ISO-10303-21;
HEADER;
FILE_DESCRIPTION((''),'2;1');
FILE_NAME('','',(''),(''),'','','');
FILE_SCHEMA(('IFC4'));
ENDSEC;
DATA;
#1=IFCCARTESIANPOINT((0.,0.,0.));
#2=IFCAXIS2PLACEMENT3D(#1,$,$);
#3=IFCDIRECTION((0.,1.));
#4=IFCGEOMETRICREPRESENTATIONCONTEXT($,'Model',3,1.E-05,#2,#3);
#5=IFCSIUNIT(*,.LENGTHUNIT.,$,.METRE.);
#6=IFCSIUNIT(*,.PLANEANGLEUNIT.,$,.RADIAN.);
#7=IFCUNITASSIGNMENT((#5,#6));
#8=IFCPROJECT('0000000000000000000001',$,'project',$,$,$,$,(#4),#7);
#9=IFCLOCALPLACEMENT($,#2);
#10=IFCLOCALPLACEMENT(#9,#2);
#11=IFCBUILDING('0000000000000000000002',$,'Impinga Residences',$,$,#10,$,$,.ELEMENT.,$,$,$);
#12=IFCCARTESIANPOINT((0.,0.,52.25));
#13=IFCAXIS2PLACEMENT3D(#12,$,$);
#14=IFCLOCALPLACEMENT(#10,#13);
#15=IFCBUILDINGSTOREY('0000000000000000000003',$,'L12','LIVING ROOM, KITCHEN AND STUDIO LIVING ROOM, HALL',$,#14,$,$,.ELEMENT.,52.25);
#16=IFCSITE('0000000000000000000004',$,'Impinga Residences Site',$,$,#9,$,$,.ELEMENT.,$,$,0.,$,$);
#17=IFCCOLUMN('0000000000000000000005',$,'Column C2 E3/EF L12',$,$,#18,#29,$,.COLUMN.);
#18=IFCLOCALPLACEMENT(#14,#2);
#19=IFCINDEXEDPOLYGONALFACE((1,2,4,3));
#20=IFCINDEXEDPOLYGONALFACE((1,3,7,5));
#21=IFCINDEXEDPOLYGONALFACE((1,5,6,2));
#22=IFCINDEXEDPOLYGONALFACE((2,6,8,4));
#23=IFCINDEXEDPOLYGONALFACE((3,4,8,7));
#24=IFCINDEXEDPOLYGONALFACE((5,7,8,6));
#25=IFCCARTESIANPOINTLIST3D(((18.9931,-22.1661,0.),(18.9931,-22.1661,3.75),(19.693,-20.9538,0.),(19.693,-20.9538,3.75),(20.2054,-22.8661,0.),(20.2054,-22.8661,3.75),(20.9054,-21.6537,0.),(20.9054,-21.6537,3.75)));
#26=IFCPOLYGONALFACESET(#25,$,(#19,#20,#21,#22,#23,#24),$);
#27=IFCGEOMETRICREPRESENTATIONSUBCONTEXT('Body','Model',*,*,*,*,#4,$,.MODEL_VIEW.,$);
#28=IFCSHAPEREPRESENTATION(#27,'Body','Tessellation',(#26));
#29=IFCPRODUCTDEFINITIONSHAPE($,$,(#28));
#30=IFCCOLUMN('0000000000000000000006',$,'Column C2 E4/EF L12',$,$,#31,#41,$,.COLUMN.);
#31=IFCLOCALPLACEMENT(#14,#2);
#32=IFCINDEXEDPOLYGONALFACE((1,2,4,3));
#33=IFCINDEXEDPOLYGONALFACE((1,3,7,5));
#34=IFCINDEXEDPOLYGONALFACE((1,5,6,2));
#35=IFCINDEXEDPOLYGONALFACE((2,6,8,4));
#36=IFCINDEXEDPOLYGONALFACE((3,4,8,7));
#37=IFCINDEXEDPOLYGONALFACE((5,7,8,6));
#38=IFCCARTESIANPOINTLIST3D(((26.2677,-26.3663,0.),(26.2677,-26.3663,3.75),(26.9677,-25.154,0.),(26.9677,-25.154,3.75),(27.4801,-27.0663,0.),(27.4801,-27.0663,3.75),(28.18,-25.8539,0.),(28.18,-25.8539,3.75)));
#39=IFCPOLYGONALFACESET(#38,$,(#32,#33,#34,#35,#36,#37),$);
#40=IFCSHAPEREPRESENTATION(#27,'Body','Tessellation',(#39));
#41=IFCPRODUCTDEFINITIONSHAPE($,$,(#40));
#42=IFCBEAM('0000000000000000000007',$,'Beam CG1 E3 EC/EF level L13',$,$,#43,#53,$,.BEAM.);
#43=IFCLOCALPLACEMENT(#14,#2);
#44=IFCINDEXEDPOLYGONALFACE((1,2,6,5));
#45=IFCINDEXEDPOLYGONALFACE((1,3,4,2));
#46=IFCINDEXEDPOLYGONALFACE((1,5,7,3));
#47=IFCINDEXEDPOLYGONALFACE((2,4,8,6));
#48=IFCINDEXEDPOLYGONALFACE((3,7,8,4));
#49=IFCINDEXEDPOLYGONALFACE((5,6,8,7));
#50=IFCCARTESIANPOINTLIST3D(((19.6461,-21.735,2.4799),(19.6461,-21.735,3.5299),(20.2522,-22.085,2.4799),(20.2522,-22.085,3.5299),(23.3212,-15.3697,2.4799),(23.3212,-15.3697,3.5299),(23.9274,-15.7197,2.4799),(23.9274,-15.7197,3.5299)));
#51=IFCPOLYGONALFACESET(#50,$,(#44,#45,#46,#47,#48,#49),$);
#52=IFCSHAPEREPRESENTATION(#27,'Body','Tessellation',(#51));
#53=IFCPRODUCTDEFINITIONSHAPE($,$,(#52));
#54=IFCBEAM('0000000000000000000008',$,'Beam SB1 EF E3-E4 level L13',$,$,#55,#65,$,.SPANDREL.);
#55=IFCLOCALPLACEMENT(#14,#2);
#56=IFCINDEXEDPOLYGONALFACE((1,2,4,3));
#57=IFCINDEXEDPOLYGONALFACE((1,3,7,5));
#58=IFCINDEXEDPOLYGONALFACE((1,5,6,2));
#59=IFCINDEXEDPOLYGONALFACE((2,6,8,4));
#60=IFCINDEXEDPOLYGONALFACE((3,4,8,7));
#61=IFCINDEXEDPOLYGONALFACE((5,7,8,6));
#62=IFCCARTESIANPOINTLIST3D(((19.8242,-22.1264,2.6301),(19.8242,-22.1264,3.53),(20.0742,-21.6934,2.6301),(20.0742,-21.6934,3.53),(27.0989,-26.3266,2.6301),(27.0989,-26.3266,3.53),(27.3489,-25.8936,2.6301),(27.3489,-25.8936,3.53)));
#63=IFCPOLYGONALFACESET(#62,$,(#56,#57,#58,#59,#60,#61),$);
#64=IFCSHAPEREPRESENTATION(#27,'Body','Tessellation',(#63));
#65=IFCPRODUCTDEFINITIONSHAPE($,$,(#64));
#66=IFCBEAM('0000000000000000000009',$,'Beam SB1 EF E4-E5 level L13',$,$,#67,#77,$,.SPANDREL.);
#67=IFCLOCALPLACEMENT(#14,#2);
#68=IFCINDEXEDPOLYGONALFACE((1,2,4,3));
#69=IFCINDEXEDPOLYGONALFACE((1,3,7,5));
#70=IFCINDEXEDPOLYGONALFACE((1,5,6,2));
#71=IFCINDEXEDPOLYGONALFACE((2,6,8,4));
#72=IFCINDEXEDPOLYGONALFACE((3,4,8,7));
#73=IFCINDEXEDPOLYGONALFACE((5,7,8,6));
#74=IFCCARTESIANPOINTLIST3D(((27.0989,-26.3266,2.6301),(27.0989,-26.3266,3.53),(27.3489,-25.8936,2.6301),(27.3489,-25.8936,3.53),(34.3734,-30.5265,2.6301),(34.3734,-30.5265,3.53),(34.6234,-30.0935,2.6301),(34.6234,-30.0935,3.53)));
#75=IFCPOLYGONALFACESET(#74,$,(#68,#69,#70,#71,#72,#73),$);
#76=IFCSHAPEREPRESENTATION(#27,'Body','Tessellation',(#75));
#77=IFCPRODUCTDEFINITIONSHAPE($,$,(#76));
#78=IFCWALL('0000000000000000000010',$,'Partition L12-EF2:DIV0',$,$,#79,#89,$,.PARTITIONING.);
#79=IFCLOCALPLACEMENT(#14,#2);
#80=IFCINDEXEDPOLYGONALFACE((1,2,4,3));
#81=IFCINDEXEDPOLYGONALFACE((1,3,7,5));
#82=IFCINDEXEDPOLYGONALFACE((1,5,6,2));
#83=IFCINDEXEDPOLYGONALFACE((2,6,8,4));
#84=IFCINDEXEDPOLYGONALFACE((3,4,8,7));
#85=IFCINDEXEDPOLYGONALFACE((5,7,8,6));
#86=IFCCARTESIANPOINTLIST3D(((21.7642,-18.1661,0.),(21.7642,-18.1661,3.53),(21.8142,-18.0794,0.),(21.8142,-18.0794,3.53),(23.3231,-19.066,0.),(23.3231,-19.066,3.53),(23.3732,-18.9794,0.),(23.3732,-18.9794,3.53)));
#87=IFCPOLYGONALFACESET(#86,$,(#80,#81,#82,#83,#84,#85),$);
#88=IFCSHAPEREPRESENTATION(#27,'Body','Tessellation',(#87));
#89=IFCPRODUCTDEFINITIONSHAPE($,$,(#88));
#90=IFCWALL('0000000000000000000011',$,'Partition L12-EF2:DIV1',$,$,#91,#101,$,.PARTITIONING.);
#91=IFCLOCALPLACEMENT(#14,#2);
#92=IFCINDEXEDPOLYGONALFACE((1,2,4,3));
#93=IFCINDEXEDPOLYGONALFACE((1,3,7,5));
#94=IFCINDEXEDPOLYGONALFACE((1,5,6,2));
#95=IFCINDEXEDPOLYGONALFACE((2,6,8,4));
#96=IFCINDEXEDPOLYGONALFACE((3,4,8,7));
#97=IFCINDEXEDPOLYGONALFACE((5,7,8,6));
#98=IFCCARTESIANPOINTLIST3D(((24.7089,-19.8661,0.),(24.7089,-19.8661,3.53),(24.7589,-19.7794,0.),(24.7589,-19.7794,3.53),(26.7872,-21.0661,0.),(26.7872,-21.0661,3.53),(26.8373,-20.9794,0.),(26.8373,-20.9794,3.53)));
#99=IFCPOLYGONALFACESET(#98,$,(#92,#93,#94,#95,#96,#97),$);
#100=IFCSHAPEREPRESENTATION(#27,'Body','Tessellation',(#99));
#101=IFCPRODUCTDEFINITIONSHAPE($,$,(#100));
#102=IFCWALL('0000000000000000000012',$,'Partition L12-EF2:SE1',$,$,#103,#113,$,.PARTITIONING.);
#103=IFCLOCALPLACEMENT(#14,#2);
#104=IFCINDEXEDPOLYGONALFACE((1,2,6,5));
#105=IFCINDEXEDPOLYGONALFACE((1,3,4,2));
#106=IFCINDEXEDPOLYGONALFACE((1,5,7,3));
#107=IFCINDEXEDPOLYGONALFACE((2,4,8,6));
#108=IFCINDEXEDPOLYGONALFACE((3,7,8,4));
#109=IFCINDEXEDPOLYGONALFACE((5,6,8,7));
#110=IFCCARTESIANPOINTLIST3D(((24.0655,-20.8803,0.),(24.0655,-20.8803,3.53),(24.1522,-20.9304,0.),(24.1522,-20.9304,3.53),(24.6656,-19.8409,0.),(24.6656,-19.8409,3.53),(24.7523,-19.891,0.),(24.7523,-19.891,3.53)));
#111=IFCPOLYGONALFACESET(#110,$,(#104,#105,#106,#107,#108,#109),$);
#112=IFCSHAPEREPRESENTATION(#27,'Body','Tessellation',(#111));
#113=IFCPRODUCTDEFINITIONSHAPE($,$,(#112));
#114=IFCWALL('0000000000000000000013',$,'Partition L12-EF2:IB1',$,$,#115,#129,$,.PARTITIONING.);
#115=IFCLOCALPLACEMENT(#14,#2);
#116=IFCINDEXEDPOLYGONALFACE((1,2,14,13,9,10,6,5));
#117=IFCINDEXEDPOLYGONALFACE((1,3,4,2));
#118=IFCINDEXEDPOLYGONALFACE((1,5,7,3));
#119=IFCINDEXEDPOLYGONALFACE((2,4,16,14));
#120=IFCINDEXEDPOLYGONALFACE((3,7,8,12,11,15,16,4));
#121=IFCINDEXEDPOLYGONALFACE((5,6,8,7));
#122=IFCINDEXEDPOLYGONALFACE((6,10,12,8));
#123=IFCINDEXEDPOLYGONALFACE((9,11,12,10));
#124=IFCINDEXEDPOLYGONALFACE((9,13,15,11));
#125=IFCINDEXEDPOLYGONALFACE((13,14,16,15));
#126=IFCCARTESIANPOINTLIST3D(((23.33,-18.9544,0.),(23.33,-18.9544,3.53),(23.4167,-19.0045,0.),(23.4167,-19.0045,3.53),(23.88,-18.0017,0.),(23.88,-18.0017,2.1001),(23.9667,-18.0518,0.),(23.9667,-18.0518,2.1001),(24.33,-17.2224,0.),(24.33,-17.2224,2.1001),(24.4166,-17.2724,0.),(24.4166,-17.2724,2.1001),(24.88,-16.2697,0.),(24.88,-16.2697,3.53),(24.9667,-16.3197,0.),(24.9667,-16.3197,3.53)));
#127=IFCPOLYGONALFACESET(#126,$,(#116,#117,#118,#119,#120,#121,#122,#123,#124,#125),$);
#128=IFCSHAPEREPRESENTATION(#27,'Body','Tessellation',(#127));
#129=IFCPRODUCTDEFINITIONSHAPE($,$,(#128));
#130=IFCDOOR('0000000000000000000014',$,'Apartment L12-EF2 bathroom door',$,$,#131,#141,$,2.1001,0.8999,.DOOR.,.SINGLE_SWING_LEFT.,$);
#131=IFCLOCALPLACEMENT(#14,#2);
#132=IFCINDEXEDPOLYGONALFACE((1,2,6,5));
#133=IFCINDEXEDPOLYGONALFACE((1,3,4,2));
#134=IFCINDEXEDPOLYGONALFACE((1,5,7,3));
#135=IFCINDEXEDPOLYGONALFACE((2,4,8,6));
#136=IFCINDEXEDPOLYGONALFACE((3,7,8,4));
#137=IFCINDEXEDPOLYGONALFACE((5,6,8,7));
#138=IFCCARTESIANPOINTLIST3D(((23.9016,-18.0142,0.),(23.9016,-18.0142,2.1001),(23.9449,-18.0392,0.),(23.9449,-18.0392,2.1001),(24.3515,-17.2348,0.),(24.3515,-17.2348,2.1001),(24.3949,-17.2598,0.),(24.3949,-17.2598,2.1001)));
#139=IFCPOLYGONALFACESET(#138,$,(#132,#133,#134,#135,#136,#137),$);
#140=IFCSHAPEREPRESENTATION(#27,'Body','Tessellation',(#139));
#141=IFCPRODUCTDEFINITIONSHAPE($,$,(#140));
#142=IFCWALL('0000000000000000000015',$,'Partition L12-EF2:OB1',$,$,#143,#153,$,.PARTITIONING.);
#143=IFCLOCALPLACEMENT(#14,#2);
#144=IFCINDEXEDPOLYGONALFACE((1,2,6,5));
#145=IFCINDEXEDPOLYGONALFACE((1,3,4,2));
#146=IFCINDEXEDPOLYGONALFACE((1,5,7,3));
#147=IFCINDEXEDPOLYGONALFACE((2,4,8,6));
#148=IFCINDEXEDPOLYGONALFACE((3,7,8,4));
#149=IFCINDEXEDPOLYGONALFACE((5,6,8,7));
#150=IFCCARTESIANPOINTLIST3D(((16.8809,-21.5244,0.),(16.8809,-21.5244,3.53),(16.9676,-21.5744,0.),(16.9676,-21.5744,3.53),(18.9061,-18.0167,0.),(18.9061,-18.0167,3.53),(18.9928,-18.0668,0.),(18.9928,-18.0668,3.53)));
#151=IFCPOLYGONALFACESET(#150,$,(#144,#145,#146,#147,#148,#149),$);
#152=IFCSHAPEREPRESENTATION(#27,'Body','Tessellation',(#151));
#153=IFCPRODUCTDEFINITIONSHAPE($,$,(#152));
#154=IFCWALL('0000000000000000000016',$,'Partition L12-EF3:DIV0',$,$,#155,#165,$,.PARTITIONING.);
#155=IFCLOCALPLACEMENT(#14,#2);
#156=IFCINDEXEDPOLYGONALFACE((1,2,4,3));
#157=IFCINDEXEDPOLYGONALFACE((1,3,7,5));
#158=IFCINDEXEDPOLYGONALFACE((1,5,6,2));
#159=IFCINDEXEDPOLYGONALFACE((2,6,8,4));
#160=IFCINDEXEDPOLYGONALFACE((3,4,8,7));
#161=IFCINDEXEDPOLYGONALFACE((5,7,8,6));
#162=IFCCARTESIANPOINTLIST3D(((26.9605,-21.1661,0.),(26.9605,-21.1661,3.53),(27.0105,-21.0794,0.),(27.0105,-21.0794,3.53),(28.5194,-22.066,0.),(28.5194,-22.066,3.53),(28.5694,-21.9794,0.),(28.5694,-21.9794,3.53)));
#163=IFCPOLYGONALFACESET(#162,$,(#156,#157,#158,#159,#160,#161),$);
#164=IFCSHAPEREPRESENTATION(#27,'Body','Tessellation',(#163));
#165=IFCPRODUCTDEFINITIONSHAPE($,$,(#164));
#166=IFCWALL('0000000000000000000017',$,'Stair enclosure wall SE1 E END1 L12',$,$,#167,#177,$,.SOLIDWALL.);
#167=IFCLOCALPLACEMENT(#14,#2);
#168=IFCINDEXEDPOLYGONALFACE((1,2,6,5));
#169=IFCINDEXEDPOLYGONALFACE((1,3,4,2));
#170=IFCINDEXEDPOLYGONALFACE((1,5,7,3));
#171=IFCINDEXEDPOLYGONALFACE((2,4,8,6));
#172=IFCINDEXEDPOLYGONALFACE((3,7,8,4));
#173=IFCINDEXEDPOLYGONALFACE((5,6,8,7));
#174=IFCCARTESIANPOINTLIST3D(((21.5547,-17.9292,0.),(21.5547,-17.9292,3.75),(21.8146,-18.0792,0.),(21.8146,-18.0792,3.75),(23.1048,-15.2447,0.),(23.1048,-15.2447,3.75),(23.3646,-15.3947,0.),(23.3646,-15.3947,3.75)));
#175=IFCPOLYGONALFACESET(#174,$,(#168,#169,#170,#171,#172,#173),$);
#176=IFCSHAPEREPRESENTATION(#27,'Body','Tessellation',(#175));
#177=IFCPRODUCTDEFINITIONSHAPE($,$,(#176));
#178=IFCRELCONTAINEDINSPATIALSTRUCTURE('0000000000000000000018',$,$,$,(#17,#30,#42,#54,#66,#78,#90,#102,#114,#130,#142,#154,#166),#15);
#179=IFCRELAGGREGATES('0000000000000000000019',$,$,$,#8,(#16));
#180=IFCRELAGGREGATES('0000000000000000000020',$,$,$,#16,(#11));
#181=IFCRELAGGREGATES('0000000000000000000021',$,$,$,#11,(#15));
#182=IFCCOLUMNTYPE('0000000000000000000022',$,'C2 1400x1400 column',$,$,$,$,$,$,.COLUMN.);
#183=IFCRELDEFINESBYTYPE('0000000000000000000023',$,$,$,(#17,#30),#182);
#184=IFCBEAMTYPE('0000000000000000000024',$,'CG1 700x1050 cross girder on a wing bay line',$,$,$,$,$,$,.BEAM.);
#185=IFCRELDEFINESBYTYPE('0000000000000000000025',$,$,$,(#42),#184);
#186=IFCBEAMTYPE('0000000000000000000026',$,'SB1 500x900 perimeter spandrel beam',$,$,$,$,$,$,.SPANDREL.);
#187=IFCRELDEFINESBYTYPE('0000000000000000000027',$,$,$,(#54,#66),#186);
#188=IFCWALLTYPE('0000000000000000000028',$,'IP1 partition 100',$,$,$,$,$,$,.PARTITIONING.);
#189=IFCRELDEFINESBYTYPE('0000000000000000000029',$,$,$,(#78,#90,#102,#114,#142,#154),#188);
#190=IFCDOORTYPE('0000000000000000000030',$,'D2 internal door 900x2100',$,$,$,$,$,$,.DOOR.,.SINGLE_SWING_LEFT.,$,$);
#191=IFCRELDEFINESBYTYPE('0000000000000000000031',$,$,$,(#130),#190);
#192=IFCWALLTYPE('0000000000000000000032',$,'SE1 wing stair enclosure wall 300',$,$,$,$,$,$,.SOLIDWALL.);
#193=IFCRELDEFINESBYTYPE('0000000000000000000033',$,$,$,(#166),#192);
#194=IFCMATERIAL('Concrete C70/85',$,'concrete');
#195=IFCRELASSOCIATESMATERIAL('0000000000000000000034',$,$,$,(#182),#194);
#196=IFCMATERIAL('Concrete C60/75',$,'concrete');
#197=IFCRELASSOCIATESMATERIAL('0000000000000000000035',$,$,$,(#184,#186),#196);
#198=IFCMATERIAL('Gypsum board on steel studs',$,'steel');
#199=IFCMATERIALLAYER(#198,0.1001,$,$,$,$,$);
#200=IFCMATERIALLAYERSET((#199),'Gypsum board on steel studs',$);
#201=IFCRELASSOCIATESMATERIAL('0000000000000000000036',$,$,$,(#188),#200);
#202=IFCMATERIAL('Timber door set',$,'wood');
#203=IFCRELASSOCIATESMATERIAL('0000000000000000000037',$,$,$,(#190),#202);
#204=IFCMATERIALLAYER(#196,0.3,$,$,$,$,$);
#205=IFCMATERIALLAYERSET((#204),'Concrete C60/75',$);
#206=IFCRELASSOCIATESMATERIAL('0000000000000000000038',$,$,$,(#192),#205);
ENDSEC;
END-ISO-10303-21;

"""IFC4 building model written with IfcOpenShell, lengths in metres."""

from ifc_helpers import new_model, si_unit, direction, frame, frame_2d, origin, origin_2d, place, context, subcontext, project, spatial, rectangle, extrude, material, layer, layer_set, material_profile, profile_set, type_object, element, fill, save


model = new_model("IFC4")

# Units and contexts
model_context = context("Model", 3, precision=1e-05, world=origin(), true_north=direction((0.0, 1.0)))
body_context = subcontext(model_context, "Body", "Model", "MODEL_VIEW")
ifc_project = project(units=[si_unit("LENGTHUNIT", "METRE"), si_unit("PLANEANGLEUNIT", "RADIAN")], contexts=[model_context])

# Site, building, storey
site_placement = place(None, origin())
site = spatial("IfcSite", under=ifc_project, at=site_placement, Name="Impinga Residences Site", CompositionType="ELEMENT", RefElevation=0.0)
building_placement = place(site_placement, origin())
building = spatial("IfcBuilding", under=site, at=building_placement, Name="Impinga Residences", CompositionType="ELEMENT")
storey_placement = place(building_placement, frame((0.0, 0.0, 52.25)))
storey = spatial("IfcBuildingStorey", under=building, at=storey_placement, Name="L12", Description="LIVING ROOM, KITCHEN AND STUDIO LIVING ROOM, HALL", CompositionType="ELEMENT", Elevation=52.25)

# Columns
ifc_material_1 = material(Name="Concrete C70/85", Category="concrete")
ifc_material_profile_1 = material_profile(ifc_material_1, rectangle(XDim=1.3999, YDim=1.3999, at=origin_2d()), Name="RC 1400x1400")
ifc_profile_set_1 = profile_set([ifc_material_profile_1], Name="Concrete C70/85")
column_type = type_object("IfcColumnType", Name="C2 1400x1400 column", PredefinedType="COLUMN", material=ifc_profile_set_1)
for number, where, z_axis, x_axis, name in (
    (1, (19.9492, -21.9099, 0.0), (0.0, 0.0, 1.0), (-0.5, -0.866025, 0.0), "Column C2 E3/EF L12"),
    (2, (27.2239, -26.1101, 0.0), (0.0, 0.0, 1.0), (-0.5, -0.866025, 0.0), "Column C2 E4/EF L12"),
):
    element("IfcColumn", number, at=place(storey_placement, frame(where, z_axis=z_axis, x_axis=x_axis)), inside=storey, type_object=column_type, Name=name, PredefinedType="COLUMN", context=body_context, shape_type="SweptSolid", body=[
        extrude(rectangle(XDim=1.3999, YDim=1.3999, at=origin_2d()), origin(), (0.0, 0.0, 1.0), 3.75),
    ])

# Beams
ifc_material_2 = material(Name="Concrete C60/75", Category="concrete")
ifc_material_profile_2 = material_profile(ifc_material_2, rectangle(XDim=0.7, YDim=1.05, at=origin_2d()), Name="RC 700x1050")
ifc_profile_set_2 = profile_set([ifc_material_profile_2], Name="Concrete C60/75")
beam_type_1 = type_object("IfcBeamType", Name="CG1 700x1050 cross girder on a wing bay line", PredefinedType="BEAM", material=ifc_profile_set_2)
beam_1_placement = place(storey_placement, frame((23.6243, -15.5447, 3.0049), z_axis=(-0.500008, -0.866021, 0.0), x_axis=(0.866021, -0.500008, 0.0)))
element("IfcBeam", 3, at=beam_1_placement, inside=storey, type_object=beam_type_1, Name="Beam CG1 E3 EC/EF level L13", PredefinedType="BEAM", context=body_context, shape_type="SweptSolid", body=[
    extrude(rectangle(XDim=0.7, YDim=1.05, at=origin_2d()), origin(), (0.0, 0.0, 1.0), 7.3501),
])
ifc_material_profile_3 = material_profile(ifc_material_2, rectangle(XDim=0.5, YDim=0.8999, at=origin_2d()), Name="RC 500x900")
ifc_profile_set_3 = profile_set([ifc_material_profile_3], Name="Concrete C60/75")
beam_type_2 = type_object("IfcBeamType", Name="SB1 500x900 perimeter spandrel beam", PredefinedType="SPANDREL", material=ifc_profile_set_3)
beam_2_placement = place(storey_placement, frame((19.9492, -21.9099, 3.0801), z_axis=(0.866017, -0.500015, 0.0), x_axis=(0.500015, 0.866017, 0.0)))
element("IfcBeam", 4, at=beam_2_placement, inside=storey, type_object=beam_type_2, Name="Beam SB1 EF E3-E4 level L13", PredefinedType="SPANDREL", context=body_context, shape_type="SweptSolid", body=[
    extrude(rectangle(XDim=0.5, YDim=0.8999, at=origin_2d()), origin(), (0.0, 0.0, 1.0), 8.4001),
])
beam_3_placement = place(storey_placement, frame((27.2239, -26.1101, 3.0801), z_axis=(0.866029, -0.499993, 0.0), x_axis=(0.499993, 0.866029, 0.0)))
element("IfcBeam", 5, at=beam_3_placement, inside=storey, type_object=beam_type_2, Name="Beam SB1 EF E4-E5 level L13", PredefinedType="SPANDREL", context=body_context, shape_type="SweptSolid", body=[
    extrude(rectangle(XDim=0.5, YDim=0.8999, at=origin_2d()), origin(), (0.0, 0.0, 1.0), 8.3999),
])

# Walls
ifc_material_3 = material(Name="Gypsum board on steel studs", Category="steel")
ifc_layer_1 = layer(ifc_material_3, 0.1001)
ifc_layer_set_1 = layer_set([ifc_layer_1], Name="Gypsum board on steel studs")
wall_type_1 = type_object("IfcWallType", Name="IP1 partition 100", PredefinedType="PARTITIONING", material=ifc_layer_set_1)
wall_1_placement = place(storey_placement, frame((21.7893, -18.1228, 0.0), z_axis=(0.0, 0.0, 1.0), x_axis=(0.866048, -0.499961, 0.0)))
element("IfcWall", 6, at=wall_1_placement, inside=storey, type_object=wall_type_1, Name="Partition L12-EF2:DIV0", PredefinedType="PARTITIONING", context=body_context, shape_type="SweptSolid", body=[
    extrude(rectangle(XDim=1.8, YDim=0.1001, at=frame_2d((0.8999, 0.0))), origin(), (0.0, 0.0, 1.0), 3.53),
])
wall_2_placement = place(storey_placement, frame((24.7339, -19.8228, 0.0), z_axis=(0.0, 0.0, 1.0), x_axis=(0.866025, -0.500001, 0.0)))
element("IfcWall", 7, at=wall_2_placement, inside=storey, type_object=wall_type_1, Name="Partition L12-EF2:DIV1", PredefinedType="PARTITIONING", context=body_context, shape_type="SweptSolid", body=[
    extrude(rectangle(XDim=2.3999, YDim=0.1001, at=frame_2d((1.2, 0.0))), origin(), (0.0, 0.0, 1.0), 3.53),
])
wall_3_placement = place(storey_placement, frame((24.709, -19.866, 0.0), z_axis=(0.0, 0.0, 1.0), x_axis=(-0.500034, -0.866006, 0.0)))
element("IfcWall", 8, at=wall_3_placement, inside=storey, type_object=wall_type_1, Name="Partition L12-EF2:SE1", PredefinedType="PARTITIONING", context=body_context, shape_type="SweptSolid", body=[
    extrude(rectangle(XDim=1.2002, YDim=0.1001, at=frame_2d((0.6001, 0.0))), origin(), (0.0, 0.0, 1.0), 3.53),
])

# Wall, opening, door
wall_4_placement = place(storey_placement, frame((24.9233, -16.2947, 0.0), z_axis=(0.0, 0.0, 1.0), x_axis=(-0.499993, -0.86603, 0.0)))
wall_4 = element("IfcWall", 9, at=wall_4_placement, inside=storey, type_object=wall_type_1, Name="Partition L12-EF2:IB1", PredefinedType="PARTITIONING", context=body_context, shape_type="SweptSolid", body=[
    extrude(rectangle(XDim=3.1001, YDim=0.1001, at=frame_2d((1.55, 0.0))), origin(), (0.0, 0.0, 1.0), 3.53),
])
opening_placement = place(wall_4_placement, frame((1.1001, 0.0, 0.0)))
opening = element("IfcOpeningElement", 10, at=opening_placement, cuts=wall_4, PredefinedType="OPENING", context=body_context, shape_type="SweptSolid", body=[
    extrude(rectangle(XDim=0.8999, YDim=2.1001, at=frame_2d((0.45, 1.05))), frame((0.0, 0.0601, 0.0), z_axis=(0.0, -1.0, 0.0), x_axis=(1.0, 0.0, 0.0)), (0.0, 0.0, 1.0), 0.1201),
])
ifc_material_4 = material(Name="Timber door set", Category="wood")
door_type = type_object("IfcDoorType", Name="D2 internal door 900x2100", OperationType="SINGLE_SWING_LEFT", PredefinedType="DOOR", material=ifc_material_4)
door_placement = place(opening_placement, origin())
door = element("IfcDoor", 11, at=door_placement, inside=storey, type_object=door_type, Name="Apartment L12-EF2 bathroom door", OperationType="SINGLE_SWING_LEFT", OverallHeight=2.1001, OverallWidth=0.8999, PredefinedType="DOOR", context=body_context, shape_type="SweptSolid", body=[
    extrude(rectangle(XDim=0.8999, YDim=2.1001, at=frame_2d((0.45, 1.05))), frame((0.0, 0.0249, 0.0), z_axis=(0.0, -1.0, 0.0), x_axis=(1.0, 0.0, 0.0)), (0.0, 0.0, 1.0), 0.05),
])
fill(opening, door)

# Walls
wall_5_placement = place(storey_placement, frame((18.9495, -18.0417, 0.0), z_axis=(0.0, 0.0, 1.0), x_axis=(-0.500009, -0.86602, 0.0)))
element("IfcWall", 12, at=wall_5_placement, inside=storey, type_object=wall_type_1, Name="Partition L12-EF2:OB1", PredefinedType="PARTITIONING", context=body_context, shape_type="SweptSolid", body=[
    extrude(rectangle(XDim=4.0503, YDim=0.1001, at=frame_2d((2.0251, 0.0))), origin(), (0.0, 0.0, 1.0), 3.53),
])
wall_6_placement = place(storey_placement, frame((26.9856, -21.1228, 0.0), z_axis=(0.0, 0.0, 1.0), x_axis=(0.866048, -0.499961, 0.0)))
element("IfcWall", 13, at=wall_6_placement, inside=storey, type_object=wall_type_1, Name="Partition L12-EF3:DIV0", PredefinedType="PARTITIONING", context=body_context, shape_type="SweptSolid", body=[
    extrude(rectangle(XDim=1.8, YDim=0.1001, at=frame_2d((0.8999, 0.0))), origin(), (0.0, 0.0, 1.0), 3.53),
])
ifc_layer_2 = layer(ifc_material_2, 0.3)
ifc_layer_set_2 = layer_set([ifc_layer_2], Name="Concrete C60/75")
wall_type_2 = type_object("IfcWallType", Name="SE1 wing stair enclosure wall 300", PredefinedType="SOLIDWALL", material=ifc_layer_set_2)
wall_7_placement = place(storey_placement, frame((23.2346, -15.3198, 0.0), z_axis=(0.0, 0.0, 1.0), x_axis=(-0.500027, -0.86601, 0.0)))
element("IfcWall", 14, at=wall_7_placement, inside=storey, type_object=wall_type_2, Name="Stair enclosure wall SE1 E END1 L12", PredefinedType="SOLIDWALL", context=body_context, shape_type="SweptSolid", body=[
    extrude(rectangle(XDim=3.0999, YDim=0.3, at=frame_2d((1.5498, 0.0))), origin(), (0.0, 0.0, 1.0), 3.75),
])

save(model, "model.ifc")
